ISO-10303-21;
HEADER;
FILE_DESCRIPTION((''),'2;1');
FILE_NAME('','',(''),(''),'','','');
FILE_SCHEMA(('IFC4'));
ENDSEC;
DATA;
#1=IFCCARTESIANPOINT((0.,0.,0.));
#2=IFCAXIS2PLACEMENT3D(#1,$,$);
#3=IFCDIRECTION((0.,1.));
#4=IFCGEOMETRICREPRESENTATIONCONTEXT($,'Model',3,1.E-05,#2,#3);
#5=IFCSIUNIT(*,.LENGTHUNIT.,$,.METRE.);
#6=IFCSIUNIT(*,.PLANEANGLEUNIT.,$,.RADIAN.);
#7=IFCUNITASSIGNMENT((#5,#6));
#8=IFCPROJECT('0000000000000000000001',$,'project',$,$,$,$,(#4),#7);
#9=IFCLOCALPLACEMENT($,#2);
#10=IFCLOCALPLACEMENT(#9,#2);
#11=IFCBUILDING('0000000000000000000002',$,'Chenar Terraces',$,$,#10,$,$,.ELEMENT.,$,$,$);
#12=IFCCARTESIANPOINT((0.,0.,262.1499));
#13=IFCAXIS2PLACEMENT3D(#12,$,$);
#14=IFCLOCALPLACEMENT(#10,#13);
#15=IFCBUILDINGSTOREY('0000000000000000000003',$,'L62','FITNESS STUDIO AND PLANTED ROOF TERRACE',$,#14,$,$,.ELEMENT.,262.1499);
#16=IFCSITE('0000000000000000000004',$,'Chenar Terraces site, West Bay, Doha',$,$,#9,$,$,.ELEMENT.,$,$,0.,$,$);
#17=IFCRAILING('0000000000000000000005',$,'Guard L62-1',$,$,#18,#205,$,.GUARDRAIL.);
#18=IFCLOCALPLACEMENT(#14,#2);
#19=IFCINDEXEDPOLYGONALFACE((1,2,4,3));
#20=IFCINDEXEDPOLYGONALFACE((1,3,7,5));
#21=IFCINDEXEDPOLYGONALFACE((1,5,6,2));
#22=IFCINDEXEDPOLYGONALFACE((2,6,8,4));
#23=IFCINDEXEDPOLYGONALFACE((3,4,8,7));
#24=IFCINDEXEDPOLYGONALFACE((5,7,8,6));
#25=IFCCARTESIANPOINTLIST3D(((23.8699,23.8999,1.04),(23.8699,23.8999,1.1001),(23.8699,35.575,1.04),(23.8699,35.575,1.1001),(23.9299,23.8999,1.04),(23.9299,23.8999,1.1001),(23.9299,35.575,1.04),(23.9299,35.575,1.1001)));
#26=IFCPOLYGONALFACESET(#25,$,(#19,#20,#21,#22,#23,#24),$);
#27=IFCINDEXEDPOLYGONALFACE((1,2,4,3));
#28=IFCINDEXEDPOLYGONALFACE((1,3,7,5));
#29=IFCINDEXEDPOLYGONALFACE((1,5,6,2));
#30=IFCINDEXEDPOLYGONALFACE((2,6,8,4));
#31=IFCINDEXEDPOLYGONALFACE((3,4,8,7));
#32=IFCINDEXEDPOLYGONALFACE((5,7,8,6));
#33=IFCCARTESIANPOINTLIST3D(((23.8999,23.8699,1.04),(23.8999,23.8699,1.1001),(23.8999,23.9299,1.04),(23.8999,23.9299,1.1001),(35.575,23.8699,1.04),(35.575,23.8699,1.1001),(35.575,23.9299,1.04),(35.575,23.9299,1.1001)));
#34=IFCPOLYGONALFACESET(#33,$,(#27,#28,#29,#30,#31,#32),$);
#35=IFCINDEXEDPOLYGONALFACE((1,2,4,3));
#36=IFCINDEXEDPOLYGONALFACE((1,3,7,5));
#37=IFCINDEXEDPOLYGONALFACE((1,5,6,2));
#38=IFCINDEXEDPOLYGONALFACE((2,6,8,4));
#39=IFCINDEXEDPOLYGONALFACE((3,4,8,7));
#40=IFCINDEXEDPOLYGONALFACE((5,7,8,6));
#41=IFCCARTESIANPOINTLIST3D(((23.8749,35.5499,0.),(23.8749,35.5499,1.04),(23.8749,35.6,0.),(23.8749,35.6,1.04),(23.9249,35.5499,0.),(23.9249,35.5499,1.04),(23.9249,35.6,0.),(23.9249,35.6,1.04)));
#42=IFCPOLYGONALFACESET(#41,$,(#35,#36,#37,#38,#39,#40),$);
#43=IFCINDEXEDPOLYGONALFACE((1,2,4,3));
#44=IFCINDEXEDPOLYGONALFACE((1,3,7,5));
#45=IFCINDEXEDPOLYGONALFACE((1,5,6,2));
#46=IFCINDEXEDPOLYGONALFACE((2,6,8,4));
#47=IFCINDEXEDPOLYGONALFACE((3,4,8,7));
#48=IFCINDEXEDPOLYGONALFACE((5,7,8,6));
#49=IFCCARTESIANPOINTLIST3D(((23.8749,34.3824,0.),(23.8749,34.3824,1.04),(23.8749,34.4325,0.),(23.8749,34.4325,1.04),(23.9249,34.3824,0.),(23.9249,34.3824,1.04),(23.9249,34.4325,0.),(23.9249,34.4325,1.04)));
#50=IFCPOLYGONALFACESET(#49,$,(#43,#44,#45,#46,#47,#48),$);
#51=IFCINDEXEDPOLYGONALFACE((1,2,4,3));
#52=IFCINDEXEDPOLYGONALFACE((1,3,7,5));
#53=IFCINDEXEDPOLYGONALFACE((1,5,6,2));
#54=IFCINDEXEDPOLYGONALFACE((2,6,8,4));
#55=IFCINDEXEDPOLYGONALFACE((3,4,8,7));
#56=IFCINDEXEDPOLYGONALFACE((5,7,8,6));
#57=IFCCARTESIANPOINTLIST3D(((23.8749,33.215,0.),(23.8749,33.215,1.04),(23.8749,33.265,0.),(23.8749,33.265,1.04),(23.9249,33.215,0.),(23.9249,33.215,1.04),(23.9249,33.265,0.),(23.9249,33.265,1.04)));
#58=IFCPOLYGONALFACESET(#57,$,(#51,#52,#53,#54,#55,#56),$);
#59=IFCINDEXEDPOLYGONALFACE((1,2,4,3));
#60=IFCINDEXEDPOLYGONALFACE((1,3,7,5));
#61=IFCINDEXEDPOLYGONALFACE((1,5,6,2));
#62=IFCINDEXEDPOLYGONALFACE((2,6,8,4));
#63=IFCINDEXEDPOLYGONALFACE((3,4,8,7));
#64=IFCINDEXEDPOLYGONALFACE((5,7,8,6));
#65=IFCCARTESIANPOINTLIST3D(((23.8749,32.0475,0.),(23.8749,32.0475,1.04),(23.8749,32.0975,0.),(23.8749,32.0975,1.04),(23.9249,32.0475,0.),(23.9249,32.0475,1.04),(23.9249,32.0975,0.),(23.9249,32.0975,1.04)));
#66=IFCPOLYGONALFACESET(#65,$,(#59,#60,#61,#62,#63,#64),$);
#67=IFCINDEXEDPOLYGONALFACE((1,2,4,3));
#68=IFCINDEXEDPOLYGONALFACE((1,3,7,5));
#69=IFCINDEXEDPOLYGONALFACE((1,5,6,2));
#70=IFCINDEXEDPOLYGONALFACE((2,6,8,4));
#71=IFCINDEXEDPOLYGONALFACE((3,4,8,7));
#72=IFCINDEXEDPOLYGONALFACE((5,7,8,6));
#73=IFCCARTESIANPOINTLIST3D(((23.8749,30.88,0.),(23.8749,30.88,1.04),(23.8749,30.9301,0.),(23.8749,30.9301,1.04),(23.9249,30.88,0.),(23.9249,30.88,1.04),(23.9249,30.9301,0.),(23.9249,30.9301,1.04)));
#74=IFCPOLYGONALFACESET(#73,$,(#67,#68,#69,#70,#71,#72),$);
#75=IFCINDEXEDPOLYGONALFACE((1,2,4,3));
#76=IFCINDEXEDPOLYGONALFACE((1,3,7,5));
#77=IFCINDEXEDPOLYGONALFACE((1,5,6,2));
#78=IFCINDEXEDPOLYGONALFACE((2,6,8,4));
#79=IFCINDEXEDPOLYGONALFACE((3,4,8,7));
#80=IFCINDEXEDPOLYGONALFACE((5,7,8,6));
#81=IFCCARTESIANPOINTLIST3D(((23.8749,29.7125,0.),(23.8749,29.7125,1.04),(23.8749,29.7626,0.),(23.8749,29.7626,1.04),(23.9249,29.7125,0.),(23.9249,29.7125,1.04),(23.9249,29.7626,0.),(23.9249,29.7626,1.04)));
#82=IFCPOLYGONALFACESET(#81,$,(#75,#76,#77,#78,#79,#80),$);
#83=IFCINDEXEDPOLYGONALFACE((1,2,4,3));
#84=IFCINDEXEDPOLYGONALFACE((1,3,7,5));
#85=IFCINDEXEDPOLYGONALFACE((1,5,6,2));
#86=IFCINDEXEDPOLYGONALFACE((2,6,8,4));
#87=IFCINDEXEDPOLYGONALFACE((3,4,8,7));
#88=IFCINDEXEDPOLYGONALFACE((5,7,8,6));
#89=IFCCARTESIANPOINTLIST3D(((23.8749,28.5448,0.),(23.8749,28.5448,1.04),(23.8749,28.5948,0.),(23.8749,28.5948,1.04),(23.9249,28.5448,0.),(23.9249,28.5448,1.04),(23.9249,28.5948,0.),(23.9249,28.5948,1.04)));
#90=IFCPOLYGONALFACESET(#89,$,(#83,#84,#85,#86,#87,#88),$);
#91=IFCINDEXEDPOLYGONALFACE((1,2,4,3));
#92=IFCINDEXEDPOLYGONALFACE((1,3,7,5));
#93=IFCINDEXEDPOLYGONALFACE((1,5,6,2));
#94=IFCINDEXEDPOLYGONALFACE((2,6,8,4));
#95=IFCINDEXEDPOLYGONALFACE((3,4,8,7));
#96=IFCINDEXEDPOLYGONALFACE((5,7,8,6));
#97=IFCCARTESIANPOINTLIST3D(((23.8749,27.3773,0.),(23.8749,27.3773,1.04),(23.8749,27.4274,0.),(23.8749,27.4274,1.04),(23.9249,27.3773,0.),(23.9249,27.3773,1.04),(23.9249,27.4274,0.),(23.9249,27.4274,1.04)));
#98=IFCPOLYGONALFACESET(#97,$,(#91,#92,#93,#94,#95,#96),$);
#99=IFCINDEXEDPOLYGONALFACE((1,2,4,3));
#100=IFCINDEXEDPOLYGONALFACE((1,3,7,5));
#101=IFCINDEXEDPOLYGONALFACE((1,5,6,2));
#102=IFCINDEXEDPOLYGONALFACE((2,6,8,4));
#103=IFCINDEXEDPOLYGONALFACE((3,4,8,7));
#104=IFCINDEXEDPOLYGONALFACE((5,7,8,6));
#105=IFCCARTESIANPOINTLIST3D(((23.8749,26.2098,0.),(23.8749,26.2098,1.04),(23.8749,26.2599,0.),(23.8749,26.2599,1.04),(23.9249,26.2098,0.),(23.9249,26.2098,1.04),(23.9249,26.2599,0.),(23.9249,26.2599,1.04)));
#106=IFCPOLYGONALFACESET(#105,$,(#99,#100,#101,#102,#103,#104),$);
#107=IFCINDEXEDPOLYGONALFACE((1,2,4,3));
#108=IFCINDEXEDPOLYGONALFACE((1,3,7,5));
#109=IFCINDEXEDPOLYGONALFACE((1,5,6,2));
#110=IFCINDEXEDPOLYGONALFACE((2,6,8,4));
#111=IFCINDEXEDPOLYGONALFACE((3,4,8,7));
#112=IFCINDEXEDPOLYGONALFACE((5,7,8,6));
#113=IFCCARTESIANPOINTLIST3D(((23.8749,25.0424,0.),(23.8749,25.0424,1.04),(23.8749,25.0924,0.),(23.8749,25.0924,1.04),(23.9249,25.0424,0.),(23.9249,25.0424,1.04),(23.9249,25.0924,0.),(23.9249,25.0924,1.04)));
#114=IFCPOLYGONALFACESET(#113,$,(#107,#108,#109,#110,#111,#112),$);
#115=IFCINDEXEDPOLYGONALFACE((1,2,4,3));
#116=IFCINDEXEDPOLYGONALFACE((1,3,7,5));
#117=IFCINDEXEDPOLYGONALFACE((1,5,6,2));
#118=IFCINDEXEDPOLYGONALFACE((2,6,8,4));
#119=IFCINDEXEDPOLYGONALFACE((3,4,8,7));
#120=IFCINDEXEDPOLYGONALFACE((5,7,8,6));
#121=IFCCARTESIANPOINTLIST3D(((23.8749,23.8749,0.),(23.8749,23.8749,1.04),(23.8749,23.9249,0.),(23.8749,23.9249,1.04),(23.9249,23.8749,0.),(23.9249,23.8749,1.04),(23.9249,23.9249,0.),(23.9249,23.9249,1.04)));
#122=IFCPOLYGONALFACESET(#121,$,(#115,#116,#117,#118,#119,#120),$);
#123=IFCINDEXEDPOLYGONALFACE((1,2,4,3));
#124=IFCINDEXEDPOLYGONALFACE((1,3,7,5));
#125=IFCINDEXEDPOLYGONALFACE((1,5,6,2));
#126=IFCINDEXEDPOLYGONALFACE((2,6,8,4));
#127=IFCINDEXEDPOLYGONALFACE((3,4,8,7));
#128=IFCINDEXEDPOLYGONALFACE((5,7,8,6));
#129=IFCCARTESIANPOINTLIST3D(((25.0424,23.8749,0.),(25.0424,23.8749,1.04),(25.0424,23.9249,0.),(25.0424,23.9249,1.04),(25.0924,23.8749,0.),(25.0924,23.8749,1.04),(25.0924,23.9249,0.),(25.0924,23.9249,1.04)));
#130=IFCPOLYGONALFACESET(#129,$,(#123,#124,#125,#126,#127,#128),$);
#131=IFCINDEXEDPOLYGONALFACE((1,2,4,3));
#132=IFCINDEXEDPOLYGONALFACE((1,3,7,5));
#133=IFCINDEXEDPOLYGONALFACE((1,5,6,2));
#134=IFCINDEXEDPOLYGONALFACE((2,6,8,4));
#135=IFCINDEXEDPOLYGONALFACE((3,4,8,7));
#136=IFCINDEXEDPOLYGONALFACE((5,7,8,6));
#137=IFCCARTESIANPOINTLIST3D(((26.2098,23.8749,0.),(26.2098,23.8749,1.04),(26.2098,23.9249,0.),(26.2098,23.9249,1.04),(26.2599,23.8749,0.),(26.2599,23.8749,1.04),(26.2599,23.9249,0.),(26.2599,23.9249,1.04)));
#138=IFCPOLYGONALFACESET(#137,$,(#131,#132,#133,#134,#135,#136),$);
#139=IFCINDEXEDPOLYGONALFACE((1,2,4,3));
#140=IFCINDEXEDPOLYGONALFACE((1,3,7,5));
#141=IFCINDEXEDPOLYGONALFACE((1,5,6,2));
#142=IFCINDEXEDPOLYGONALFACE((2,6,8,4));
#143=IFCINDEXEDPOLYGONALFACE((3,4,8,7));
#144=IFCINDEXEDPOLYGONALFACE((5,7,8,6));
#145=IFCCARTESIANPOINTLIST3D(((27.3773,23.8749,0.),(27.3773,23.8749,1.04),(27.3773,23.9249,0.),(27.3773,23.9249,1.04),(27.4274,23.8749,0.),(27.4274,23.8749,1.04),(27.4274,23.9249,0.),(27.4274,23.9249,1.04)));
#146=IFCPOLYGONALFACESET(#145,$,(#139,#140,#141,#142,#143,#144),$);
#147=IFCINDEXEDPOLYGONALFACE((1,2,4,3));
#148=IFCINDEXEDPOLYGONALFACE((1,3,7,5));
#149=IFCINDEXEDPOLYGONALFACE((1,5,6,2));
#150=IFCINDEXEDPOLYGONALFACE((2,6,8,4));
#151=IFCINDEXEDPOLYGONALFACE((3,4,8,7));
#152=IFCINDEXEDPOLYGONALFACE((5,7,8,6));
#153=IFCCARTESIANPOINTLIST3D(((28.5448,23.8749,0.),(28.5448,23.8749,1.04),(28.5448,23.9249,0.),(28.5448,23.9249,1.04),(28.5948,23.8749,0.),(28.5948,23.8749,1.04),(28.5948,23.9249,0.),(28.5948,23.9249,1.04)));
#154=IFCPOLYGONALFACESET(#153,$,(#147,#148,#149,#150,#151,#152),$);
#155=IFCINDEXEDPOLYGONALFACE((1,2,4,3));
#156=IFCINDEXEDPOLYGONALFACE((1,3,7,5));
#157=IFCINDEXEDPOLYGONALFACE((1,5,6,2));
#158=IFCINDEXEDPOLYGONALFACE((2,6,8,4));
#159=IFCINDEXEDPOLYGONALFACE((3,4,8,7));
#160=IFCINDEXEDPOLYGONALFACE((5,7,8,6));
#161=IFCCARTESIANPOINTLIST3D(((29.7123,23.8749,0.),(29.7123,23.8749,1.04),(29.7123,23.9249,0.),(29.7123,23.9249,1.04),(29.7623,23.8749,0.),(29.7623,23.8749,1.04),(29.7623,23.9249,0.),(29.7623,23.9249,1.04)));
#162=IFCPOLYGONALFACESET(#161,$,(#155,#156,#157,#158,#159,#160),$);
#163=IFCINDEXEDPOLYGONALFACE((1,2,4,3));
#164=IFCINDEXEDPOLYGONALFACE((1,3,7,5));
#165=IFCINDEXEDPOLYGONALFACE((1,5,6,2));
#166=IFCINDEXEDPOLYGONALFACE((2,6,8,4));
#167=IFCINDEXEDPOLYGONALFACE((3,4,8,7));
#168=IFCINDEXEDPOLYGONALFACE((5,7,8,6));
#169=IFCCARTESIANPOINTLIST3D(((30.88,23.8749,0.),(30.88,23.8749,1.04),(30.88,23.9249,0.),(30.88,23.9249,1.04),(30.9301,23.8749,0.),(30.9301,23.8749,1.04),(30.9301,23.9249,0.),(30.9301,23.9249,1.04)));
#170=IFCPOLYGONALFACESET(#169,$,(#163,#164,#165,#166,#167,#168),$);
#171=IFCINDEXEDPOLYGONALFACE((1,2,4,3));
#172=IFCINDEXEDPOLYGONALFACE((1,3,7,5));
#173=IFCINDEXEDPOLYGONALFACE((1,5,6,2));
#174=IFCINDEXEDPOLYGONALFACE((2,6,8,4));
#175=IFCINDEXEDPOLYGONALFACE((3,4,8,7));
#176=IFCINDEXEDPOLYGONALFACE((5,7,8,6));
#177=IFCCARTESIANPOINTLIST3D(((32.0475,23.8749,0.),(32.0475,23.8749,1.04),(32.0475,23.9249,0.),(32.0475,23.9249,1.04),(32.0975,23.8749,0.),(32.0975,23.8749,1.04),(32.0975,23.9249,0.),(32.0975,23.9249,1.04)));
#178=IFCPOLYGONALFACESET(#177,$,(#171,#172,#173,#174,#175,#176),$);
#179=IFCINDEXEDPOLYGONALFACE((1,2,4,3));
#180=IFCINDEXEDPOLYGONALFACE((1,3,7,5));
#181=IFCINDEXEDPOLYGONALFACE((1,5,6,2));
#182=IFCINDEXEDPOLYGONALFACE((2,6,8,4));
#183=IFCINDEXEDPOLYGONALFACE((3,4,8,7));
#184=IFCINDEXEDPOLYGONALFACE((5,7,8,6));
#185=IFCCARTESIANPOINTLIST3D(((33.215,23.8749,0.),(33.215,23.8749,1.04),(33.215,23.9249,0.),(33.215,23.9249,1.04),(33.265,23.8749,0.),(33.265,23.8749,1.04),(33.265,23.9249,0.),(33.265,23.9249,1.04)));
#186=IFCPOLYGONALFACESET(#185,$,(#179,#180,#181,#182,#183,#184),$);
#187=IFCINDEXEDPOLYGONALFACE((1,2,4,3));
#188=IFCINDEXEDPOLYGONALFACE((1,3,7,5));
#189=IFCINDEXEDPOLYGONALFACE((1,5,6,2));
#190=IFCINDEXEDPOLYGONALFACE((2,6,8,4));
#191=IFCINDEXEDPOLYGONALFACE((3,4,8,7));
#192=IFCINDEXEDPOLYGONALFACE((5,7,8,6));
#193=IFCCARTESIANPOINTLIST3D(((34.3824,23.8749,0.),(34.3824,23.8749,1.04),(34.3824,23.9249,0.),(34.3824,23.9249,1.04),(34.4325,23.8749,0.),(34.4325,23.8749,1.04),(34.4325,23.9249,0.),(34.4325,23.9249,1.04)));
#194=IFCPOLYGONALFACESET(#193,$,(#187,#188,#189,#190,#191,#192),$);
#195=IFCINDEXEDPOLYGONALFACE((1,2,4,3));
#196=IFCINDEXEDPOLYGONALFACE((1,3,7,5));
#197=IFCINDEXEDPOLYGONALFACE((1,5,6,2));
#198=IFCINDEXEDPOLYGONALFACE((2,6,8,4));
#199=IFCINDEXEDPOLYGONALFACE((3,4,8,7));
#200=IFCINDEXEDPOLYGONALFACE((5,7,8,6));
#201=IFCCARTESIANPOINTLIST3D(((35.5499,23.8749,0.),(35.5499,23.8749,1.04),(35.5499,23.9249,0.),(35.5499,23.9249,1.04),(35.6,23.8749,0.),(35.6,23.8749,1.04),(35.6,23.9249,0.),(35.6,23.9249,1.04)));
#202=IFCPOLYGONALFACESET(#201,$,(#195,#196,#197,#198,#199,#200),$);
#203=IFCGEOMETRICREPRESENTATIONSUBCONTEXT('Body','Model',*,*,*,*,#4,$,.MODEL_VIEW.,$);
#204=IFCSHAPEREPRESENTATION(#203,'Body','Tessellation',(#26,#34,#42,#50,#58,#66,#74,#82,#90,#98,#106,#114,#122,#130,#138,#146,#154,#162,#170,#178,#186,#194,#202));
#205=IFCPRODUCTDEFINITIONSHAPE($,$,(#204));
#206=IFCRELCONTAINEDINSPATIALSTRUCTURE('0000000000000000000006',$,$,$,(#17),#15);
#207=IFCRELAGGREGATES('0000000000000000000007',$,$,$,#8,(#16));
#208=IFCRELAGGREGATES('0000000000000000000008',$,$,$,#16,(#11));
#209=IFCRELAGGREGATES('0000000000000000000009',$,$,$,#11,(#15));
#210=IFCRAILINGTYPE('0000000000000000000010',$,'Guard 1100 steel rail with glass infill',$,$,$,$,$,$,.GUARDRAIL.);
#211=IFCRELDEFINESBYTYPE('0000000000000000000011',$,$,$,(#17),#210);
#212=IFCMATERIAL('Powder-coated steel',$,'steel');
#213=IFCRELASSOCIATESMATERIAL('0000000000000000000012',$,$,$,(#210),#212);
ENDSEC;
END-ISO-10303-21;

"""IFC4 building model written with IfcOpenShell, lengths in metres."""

from ifc_helpers import new_model, si_unit, direction, frame, origin, origin_2d, place, context, subcontext, project, spatial, rectangle, extrude, material, type_object, element, save


model = new_model("IFC4")

# Units and contexts
model_context = context("Model", 3, precision=1e-05, world=origin(), true_north=direction((0.0, 1.0)))
body_context = subcontext(model_context, "Body", "Model", "MODEL_VIEW")
ifc_project = project(units=[si_unit("LENGTHUNIT", "METRE"), si_unit("PLANEANGLEUNIT", "RADIAN")], contexts=[model_context])

# Site, building, storey
site_placement = place(None, origin())
site = spatial("IfcSite", under=ifc_project, at=site_placement, Name="Chenar Terraces site, West Bay, Doha", CompositionType="ELEMENT", RefElevation=0.0)
building_placement = place(site_placement, origin())
building = spatial("IfcBuilding", under=site, at=building_placement, Name="Chenar Terraces", CompositionType="ELEMENT")
storey_placement = place(building_placement, frame((0.0, 0.0, 262.1499)))
storey = spatial("IfcBuildingStorey", under=building, at=storey_placement, Name="L62", Description="FITNESS STUDIO AND PLANTED ROOF TERRACE", CompositionType="ELEMENT", Elevation=262.1499)

# Railing
ifc_material_1 = material(Name="Powder-coated steel", Category="steel")
railing_type_1 = type_object("IfcRailingType", Name="Guard 1100 steel rail with glass infill", PredefinedType="GUARDRAIL", material=ifc_material_1)
railing_1_placement = place(storey_placement, frame((23.8999, 35.575, 0.0)))
element("IfcRailing", 1, at=railing_1_placement, inside=storey, type_object=railing_type_1, Name="Guard L62-1", PredefinedType="GUARDRAIL", context=body_context, shape_type="SweptSolid", body=[
    extrude(rectangle(XDim=0.0601, YDim=0.0601, at=origin_2d()), frame((0.0, 0.0, 1.0701), z_axis=(0.0, -1.0, 0.0), x_axis=(1.0, 0.0, 0.0)), (0.0, 0.0, 1.0), 11.675),
    extrude(rectangle(XDim=0.0601, YDim=0.0601, at=origin_2d()), frame((0.0, -11.675, 1.0701), z_axis=(1.0, 0.0, 0.0), x_axis=(0.0, 1.0, 0.0)), (0.0, 0.0, 1.0), 11.675),
    extrude(rectangle(XDim=0.05, YDim=0.05, at=origin_2d()), origin(), (0.0, 0.0, 1.0), 1.04),
    extrude(rectangle(XDim=0.05, YDim=0.05, at=origin_2d()), frame((0.0, -1.1675, 0.0)), (0.0, 0.0, 1.0), 1.04),
    extrude(rectangle(XDim=0.05, YDim=0.05, at=origin_2d()), frame((0.0, -2.335, 0.0)), (0.0, 0.0, 1.0), 1.04),
    extrude(rectangle(XDim=0.05, YDim=0.05, at=origin_2d()), frame((0.0, -3.5024, 0.0)), (0.0, 0.0, 1.0), 1.04),
    extrude(rectangle(XDim=0.05, YDim=0.05, at=origin_2d()), frame((0.0, -4.6699, 0.0)), (0.0, 0.0, 1.0), 1.04),
    extrude(rectangle(XDim=0.05, YDim=0.05, at=origin_2d()), frame((0.0, -5.8374, 0.0)), (0.0, 0.0, 1.0), 1.04),
    extrude(rectangle(XDim=0.05, YDim=0.05, at=origin_2d()), frame((0.0, -7.0051, 0.0)), (0.0, 0.0, 1.0), 1.04),
    extrude(rectangle(XDim=0.05, YDim=0.05, at=origin_2d()), frame((0.0, -8.1726, 0.0)), (0.0, 0.0, 1.0), 1.04),
    extrude(rectangle(XDim=0.05, YDim=0.05, at=origin_2d()), frame((0.0, -9.3401, 0.0)), (0.0, 0.0, 1.0), 1.04),
    extrude(rectangle(XDim=0.05, YDim=0.05, at=origin_2d()), frame((0.0, -10.5076, 0.0)), (0.0, 0.0, 1.0), 1.04),
    extrude(rectangle(XDim=0.05, YDim=0.05, at=origin_2d()), frame((0.0, -11.675, 0.0)), (0.0, 0.0, 1.0), 1.04),
    extrude(rectangle(XDim=0.05, YDim=0.05, at=origin_2d()), frame((1.1675, -11.675, 0.0)), (0.0, 0.0, 1.0), 1.04),
    extrude(rectangle(XDim=0.05, YDim=0.05, at=origin_2d()), frame((2.335, -11.675, 0.0)), (0.0, 0.0, 1.0), 1.04),
    extrude(rectangle(XDim=0.05, YDim=0.05, at=origin_2d()), frame((3.5024, -11.675, 0.0)), (0.0, 0.0, 1.0), 1.04),
    extrude(rectangle(XDim=0.05, YDim=0.05, at=origin_2d()), frame((4.6699, -11.675, 0.0)), (0.0, 0.0, 1.0), 1.04),
    extrude(rectangle(XDim=0.05, YDim=0.05, at=origin_2d()), frame((5.8374, -11.675, 0.0)), (0.0, 0.0, 1.0), 1.04),
    extrude(rectangle(XDim=0.05, YDim=0.05, at=origin_2d()), frame((7.0051, -11.675, 0.0)), (0.0, 0.0, 1.0), 1.04),
    extrude(rectangle(XDim=0.05, YDim=0.05, at=origin_2d()), frame((8.1726, -11.675, 0.0)), (0.0, 0.0, 1.0), 1.04),
    extrude(rectangle(XDim=0.05, YDim=0.05, at=origin_2d()), frame((9.3401, -11.675, 0.0)), (0.0, 0.0, 1.0), 1.04),
    extrude(rectangle(XDim=0.05, YDim=0.05, at=origin_2d()), frame((10.5076, -11.675, 0.0)), (0.0, 0.0, 1.0), 1.04),
    extrude(rectangle(XDim=0.05, YDim=0.05, at=origin_2d()), frame((11.675, -11.675, 0.0)), (0.0, 0.0, 1.0), 1.04),
])

save(model, "model.ifc")
